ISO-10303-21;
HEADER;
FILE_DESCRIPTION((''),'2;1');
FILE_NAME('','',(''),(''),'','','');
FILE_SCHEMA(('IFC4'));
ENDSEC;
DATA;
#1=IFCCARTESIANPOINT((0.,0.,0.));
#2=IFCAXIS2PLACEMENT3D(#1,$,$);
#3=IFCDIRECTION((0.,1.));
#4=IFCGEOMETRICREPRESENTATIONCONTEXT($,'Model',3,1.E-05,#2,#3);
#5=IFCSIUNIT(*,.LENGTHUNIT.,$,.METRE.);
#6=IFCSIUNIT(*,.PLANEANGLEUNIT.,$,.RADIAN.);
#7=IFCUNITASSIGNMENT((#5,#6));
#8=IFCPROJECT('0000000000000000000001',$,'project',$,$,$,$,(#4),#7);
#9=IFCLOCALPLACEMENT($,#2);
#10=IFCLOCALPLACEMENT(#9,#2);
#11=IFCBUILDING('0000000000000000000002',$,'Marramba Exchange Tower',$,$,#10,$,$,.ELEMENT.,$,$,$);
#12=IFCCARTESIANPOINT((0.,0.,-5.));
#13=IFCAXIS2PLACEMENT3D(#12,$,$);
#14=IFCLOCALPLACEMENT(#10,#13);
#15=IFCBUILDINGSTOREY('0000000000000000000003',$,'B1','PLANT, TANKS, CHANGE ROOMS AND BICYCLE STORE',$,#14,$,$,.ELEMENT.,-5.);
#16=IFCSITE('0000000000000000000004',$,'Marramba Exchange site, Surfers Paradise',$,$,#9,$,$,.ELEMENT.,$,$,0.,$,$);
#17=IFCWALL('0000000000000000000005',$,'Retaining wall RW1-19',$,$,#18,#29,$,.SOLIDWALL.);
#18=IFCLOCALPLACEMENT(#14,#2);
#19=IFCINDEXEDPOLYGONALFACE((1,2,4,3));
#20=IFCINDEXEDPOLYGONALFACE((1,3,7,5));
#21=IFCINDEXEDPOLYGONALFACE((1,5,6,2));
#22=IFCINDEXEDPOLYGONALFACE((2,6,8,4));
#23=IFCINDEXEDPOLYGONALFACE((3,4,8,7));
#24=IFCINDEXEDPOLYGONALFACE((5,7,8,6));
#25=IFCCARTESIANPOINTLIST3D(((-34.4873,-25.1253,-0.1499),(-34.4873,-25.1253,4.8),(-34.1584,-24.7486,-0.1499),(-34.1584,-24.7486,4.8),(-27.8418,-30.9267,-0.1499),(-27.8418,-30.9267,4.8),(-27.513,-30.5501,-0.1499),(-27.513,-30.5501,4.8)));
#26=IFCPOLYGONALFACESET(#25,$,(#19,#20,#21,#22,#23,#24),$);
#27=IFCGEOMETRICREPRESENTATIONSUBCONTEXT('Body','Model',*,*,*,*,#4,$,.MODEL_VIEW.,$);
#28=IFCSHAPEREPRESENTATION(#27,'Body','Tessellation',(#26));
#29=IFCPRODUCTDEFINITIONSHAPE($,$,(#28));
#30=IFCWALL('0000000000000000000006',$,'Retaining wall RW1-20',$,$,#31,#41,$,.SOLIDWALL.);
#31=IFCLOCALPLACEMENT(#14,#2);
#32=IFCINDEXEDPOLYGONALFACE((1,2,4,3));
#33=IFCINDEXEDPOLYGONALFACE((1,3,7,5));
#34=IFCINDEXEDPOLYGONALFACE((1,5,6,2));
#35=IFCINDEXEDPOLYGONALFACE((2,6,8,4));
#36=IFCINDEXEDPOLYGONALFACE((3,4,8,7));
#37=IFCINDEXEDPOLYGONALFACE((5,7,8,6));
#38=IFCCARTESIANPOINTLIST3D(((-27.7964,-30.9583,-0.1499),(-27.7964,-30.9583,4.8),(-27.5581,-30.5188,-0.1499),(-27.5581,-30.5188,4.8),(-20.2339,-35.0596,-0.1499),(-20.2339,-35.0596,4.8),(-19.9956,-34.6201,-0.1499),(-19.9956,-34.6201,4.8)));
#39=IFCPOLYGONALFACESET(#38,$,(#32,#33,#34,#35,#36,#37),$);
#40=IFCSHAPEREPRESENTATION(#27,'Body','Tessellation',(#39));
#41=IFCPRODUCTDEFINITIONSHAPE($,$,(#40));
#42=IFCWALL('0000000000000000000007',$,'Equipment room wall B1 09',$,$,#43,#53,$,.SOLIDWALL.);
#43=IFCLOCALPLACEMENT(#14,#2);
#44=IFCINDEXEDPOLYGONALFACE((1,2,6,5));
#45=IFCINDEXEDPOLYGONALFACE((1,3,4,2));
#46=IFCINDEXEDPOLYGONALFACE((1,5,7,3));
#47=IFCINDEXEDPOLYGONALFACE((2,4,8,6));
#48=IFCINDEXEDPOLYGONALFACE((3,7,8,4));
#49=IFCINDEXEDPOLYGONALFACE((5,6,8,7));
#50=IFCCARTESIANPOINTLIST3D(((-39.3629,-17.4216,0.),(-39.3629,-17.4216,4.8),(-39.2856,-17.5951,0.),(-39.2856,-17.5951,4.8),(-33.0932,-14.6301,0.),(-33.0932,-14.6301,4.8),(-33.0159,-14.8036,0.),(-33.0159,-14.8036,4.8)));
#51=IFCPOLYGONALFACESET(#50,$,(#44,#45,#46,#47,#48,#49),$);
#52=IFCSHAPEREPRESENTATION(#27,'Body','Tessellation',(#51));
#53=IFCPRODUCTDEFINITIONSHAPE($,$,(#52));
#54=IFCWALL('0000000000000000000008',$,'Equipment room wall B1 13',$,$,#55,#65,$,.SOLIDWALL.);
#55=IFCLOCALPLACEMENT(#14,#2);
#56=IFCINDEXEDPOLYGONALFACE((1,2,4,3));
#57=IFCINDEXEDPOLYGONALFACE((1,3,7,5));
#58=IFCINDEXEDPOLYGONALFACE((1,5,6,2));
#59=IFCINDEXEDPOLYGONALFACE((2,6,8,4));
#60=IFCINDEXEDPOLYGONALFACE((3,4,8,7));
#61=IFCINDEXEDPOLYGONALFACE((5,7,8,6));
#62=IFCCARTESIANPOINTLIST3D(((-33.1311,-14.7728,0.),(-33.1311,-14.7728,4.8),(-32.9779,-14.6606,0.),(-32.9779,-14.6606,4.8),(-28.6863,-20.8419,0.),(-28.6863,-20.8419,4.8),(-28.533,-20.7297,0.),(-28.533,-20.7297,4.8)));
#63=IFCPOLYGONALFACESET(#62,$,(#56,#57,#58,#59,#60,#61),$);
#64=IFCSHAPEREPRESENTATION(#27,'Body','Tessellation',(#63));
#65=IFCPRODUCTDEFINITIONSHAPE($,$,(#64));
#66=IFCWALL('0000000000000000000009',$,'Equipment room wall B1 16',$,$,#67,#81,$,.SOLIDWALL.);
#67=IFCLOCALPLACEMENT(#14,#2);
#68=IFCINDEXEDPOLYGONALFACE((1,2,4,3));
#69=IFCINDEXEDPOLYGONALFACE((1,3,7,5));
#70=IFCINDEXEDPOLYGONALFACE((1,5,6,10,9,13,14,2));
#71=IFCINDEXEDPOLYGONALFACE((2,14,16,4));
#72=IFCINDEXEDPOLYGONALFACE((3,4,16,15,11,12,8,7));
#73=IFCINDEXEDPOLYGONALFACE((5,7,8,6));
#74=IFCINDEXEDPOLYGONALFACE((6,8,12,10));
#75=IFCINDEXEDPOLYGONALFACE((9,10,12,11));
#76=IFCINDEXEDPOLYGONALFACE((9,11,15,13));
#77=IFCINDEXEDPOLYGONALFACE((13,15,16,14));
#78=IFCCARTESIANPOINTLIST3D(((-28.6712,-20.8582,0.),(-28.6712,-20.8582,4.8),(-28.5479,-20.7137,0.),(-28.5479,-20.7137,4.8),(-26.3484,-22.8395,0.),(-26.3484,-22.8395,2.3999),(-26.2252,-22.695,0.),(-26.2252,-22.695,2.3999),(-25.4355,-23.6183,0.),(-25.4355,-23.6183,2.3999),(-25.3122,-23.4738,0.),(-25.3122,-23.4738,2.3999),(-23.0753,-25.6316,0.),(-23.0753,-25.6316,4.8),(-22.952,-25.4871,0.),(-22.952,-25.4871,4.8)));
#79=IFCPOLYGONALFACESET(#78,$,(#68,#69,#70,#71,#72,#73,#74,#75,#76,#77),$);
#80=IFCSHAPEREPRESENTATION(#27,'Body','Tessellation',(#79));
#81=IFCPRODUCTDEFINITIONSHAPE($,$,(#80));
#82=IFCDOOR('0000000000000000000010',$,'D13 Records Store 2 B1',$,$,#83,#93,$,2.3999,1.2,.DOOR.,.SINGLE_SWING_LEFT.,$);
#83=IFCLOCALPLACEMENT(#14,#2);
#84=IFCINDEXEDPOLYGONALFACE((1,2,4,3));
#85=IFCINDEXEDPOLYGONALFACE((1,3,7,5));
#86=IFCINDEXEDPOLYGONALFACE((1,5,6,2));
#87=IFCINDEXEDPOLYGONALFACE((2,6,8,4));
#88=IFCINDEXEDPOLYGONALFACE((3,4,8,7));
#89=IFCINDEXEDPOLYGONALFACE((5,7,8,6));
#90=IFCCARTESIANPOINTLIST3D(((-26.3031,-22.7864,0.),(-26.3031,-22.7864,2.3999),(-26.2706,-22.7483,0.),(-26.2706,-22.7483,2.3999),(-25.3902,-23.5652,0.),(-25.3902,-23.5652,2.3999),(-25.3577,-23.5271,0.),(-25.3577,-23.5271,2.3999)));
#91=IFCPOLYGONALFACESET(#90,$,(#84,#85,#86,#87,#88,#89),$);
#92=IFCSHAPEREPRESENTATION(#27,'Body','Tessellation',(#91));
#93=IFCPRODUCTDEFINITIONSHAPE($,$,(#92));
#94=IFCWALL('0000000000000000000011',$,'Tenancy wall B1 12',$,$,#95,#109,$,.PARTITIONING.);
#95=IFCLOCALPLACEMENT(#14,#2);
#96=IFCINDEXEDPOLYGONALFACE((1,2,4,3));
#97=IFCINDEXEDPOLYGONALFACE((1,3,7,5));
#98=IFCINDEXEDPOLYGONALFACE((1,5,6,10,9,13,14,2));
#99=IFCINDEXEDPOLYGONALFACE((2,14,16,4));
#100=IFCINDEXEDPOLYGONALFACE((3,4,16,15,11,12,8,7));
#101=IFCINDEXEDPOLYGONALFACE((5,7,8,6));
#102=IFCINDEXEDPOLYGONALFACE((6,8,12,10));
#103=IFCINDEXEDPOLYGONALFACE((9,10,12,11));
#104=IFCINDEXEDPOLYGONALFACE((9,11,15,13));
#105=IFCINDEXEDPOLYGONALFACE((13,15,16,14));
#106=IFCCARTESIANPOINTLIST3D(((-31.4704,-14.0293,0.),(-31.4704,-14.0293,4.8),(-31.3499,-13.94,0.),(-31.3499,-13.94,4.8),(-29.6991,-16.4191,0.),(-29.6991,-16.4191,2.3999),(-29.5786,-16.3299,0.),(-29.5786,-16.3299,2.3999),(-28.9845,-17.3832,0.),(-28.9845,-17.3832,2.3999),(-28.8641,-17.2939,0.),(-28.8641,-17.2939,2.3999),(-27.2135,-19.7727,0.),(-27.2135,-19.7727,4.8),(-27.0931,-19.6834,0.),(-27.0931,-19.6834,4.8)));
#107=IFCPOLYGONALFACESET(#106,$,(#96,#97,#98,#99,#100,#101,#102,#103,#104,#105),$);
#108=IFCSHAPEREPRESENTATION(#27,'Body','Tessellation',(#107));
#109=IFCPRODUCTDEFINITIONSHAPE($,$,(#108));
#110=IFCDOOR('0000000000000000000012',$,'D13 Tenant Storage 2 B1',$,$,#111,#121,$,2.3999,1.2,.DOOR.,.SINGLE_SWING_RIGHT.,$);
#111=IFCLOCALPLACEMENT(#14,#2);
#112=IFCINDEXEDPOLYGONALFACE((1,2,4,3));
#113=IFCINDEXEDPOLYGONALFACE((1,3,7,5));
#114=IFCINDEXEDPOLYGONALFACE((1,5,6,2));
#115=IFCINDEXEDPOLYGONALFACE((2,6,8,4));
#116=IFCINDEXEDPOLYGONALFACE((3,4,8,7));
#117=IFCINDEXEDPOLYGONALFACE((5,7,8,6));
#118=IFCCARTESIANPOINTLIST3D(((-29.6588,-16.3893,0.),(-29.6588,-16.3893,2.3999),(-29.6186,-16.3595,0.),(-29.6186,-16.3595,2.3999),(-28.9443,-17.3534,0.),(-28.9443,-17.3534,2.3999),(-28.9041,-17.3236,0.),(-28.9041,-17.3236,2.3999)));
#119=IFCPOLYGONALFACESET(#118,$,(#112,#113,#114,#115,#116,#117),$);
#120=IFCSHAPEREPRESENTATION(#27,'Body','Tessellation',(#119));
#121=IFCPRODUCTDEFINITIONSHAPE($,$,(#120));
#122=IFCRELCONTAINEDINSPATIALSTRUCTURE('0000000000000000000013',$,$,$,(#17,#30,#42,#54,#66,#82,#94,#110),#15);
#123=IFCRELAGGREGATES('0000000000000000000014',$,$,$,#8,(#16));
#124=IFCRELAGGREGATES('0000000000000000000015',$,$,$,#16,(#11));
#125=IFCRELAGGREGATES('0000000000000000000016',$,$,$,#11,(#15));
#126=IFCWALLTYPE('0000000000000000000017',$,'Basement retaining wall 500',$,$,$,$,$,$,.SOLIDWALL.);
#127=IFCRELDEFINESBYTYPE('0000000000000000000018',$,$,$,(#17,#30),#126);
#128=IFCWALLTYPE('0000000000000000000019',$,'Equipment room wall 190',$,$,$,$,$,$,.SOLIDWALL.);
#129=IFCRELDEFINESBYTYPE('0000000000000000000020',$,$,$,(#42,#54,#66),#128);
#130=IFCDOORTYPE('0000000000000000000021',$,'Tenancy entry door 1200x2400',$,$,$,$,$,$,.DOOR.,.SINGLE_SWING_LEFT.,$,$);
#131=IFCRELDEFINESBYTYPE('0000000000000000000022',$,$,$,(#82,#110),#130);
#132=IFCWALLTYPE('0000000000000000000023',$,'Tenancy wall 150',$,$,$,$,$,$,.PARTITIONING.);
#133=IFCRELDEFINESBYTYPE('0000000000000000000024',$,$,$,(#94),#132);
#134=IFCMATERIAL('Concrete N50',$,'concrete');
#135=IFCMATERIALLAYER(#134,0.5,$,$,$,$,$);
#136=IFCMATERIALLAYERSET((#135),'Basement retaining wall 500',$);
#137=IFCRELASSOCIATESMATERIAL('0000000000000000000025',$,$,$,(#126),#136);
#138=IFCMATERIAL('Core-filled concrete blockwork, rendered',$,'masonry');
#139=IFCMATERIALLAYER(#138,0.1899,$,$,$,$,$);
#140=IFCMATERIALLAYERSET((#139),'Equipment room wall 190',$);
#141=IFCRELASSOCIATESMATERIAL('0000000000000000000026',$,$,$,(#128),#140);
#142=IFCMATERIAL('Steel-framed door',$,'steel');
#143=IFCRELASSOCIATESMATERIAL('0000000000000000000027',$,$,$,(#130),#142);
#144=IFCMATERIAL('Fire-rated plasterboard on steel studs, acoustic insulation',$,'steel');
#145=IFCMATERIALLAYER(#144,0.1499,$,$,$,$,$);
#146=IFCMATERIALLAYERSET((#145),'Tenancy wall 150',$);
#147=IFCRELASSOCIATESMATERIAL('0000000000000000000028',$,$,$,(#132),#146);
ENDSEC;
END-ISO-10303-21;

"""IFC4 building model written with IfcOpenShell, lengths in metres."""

from ifc_helpers import new_model, si_unit, direction, frame, frame_2d, origin, place, context, subcontext, project, spatial, rectangle, extrude, material, layer, layer_set, type_object, element, fill, save


model = new_model("IFC4")

# Units and contexts
model_context = context("Model", 3, precision=1e-05, world=origin(), true_north=direction((0.0, 1.0)))
body_context = subcontext(model_context, "Body", "Model", "MODEL_VIEW")
ifc_project = project(units=[si_unit("LENGTHUNIT", "METRE"), si_unit("PLANEANGLEUNIT", "RADIAN")], contexts=[model_context])

# Site, building, storey
site_placement = place(None, origin())
site = spatial("IfcSite", under=ifc_project, at=site_placement, Name="Marramba Exchange site, Surfers Paradise", CompositionType="ELEMENT", RefElevation=0.0)
building_placement = place(site_placement, origin())
building = spatial("IfcBuilding", under=site, at=building_placement, Name="Marramba Exchange Tower", CompositionType="ELEMENT")
storey_placement = place(building_placement, frame((0.0, 0.0, -5.0)))
storey = spatial("IfcBuildingStorey", under=building, at=storey_placement, Name="B1", Description="PLANT, TANKS, CHANGE ROOMS AND BICYCLE STORE", CompositionType="ELEMENT", Elevation=-5.0)

# Shared definitions
ifc_material_1 = material(Name="Concrete N50", Category="concrete")

# Walls
ifc_layer_1 = layer(ifc_material_1, 0.5)
ifc_layer_set_1 = layer_set([ifc_layer_1], Name="Basement retaining wall 500")
wall_type_1 = type_object("IfcWallType", Name="Basement retaining wall 500", PredefinedType="SOLIDWALL", material=ifc_layer_set_1)
wall_1_placement = place(storey_placement, frame((-34.3228, -24.937, -0.1499), z_axis=(0.0, 0.0, 1.0), x_axis=(0.753324, -0.65765, 0.0)))
element("IfcWall", 1, at=wall_1_placement, inside=storey, type_object=wall_type_1, Name="Retaining wall RW1-19", PredefinedType="SOLIDWALL", context=body_context, shape_type="SweptSolid", body=[
    extrude(rectangle(XDim=8.8215, YDim=0.5, at=frame_2d((4.4106, 0.0))), origin(), (0.0, 0.0, 1.0), 4.95),
])
wall_2_placement = place(storey_placement, frame((-27.6772, -30.7385, -0.1499), z_axis=(0.0, 0.0, 1.0), x_axis=(0.87905, -0.476729, 0.0)))
element("IfcWall", 2, at=wall_2_placement, inside=storey, type_object=wall_type_1, Name="Retaining wall RW1-20", PredefinedType="SOLIDWALL", context=body_context, shape_type="SweptSolid", body=[
    extrude(rectangle(XDim=8.603, YDim=0.5, at=frame_2d((4.3015, 0.0))), origin(), (0.0, 0.0, 1.0), 4.95),
])
ifc_material_2 = material(Name="Core-filled concrete blockwork, rendered", Category="masonry")
ifc_layer_2 = layer(ifc_material_2, 0.1899)
ifc_layer_set_2 = layer_set([ifc_layer_2], Name="Equipment room wall 190")
wall_type_2 = type_object("IfcWallType", Name="Equipment room wall 190", PredefinedType="SOLIDWALL", material=ifc_layer_set_2)
wall_3_placement = place(storey_placement, frame((-33.0544, -14.7168, 0.0), z_axis=(0.0, 0.0, 1.0), x_axis=(-0.913544, -0.406739, 0.0)))
element("IfcWall", 3, at=wall_3_placement, inside=storey, type_object=wall_type_2, Name="Equipment room wall B1 09", PredefinedType="SOLIDWALL", context=body_context, shape_type="SweptSolid", body=[
    extrude(rectangle(XDim=6.863, YDim=0.1899, at=frame_2d((3.4316, 0.0))), origin(), (0.0, 0.0, 1.0), 4.8),
])
wall_4_placement = place(storey_placement, frame((-33.0544, -14.7168, 0.0), z_axis=(0.0, 0.0, 1.0), x_axis=(0.590858, -0.806775, 0.0)))
element("IfcWall", 4, at=wall_4_placement, inside=storey, type_object=wall_type_2, Name="Equipment room wall B1 13", PredefinedType="SOLIDWALL", context=body_context, shape_type="SweptSolid", body=[
    extrude(rectangle(XDim=7.5227, YDim=0.1899, at=frame_2d((3.7612, 0.0))), origin(), (0.0, 0.0, 1.0), 4.8),
])

# Walls, openings, doors
wall_5_placement = place(storey_placement, frame((-28.6096, -20.7859, 0.0), z_axis=(0.0, 0.0, 1.0), x_axis=(0.760806, -0.64898, 0.0)))
wall_5 = element("IfcWall", 5, at=wall_5_placement, inside=storey, type_object=wall_type_2, Name="Equipment room wall B1 16", PredefinedType="SOLIDWALL", context=body_context, shape_type="SweptSolid", body=[
    extrude(rectangle(XDim=7.3552, YDim=0.1899, at=frame_2d((3.6777, 0.0))), origin(), (0.0, 0.0, 1.0), 4.8),
])
opening_1_placement = place(wall_5_placement, frame((3.053, 0.0, 0.0)))
opening_1 = element("IfcOpeningElement", 6, at=opening_1_placement, cuts=wall_5, PredefinedType="OPENING", context=body_context, shape_type="SweptSolid", body=[
    extrude(rectangle(XDim=1.2, YDim=2.3999, at=frame_2d((0.6001, 1.2))), frame((0.0, 0.105, 0.0), z_axis=(0.0, -1.0, 0.0), x_axis=(1.0, 0.0, 0.0)), (0.0, 0.0, 1.0), 0.21),
])
ifc_material_3 = material(Name="Steel-framed door", Category="steel")
door_type = type_object("IfcDoorType", Name="Tenancy entry door 1200x2400", OperationType="SINGLE_SWING_LEFT", PredefinedType="DOOR", material=ifc_material_3)
door_1_placement = place(opening_1_placement, origin())
door_1 = element("IfcDoor", 7, at=door_1_placement, inside=storey, type_object=door_type, Name="D13 Records Store 2 B1", OperationType="SINGLE_SWING_LEFT", OverallHeight=2.3999, OverallWidth=1.2, PredefinedType="DOOR", context=body_context, shape_type="SweptSolid", body=[
    extrude(rectangle(XDim=1.2, YDim=2.3999, at=frame_2d((0.6001, 1.2))), frame((0.0, 0.0249, 0.0), z_axis=(0.0, -1.0, 0.0), x_axis=(1.0, 0.0, 0.0)), (0.0, 0.0, 1.0), 0.05),
])
fill(opening_1, door_1)
ifc_material_4 = material(Name="Fire-rated plasterboard on steel studs, acoustic insulation", Category="steel")
ifc_layer_3 = layer(ifc_material_4, 0.1499)
ifc_layer_set_3 = layer_set([ifc_layer_3], Name="Tenancy wall 150")
wall_type_3 = type_object("IfcWallType", Name="Tenancy wall 150", PredefinedType="PARTITIONING", material=ifc_layer_set_3)
wall_6_placement = place(storey_placement, frame((-27.1533, -19.728, 0.0), z_axis=(0.0, 0.0, 1.0), x_axis=(-0.59545, 0.803393, 0.0)))
wall_6 = element("IfcWall", 8, at=wall_6_placement, inside=storey, type_object=wall_type_3, Name="Tenancy wall B1 12", PredefinedType="PARTITIONING", context=body_context, shape_type="SweptSolid", body=[
    extrude(rectangle(XDim=7.1489, YDim=0.1499, at=frame_2d((3.5745, 0.0))), origin(), (0.0, 0.0, 1.0), 4.8),
])
opening_2_placement = place(wall_6_placement, frame((2.9741, 0.0, 0.0)))
opening_2 = element("IfcOpeningElement", 9, at=opening_2_placement, cuts=wall_6, PredefinedType="OPENING", context=body_context, shape_type="SweptSolid", body=[
    extrude(rectangle(XDim=1.2, YDim=2.3999, at=frame_2d((0.6001, 1.2))), frame((0.0, 0.085, 0.0), z_axis=(0.0, -1.0, 0.0), x_axis=(1.0, 0.0, 0.0)), (0.0, 0.0, 1.0), 0.1699),
])
door_2_placement = place(opening_2_placement, origin())
door_2 = element("IfcDoor", 10, at=door_2_placement, inside=storey, type_object=door_type, Name="D13 Tenant Storage 2 B1", OperationType="SINGLE_SWING_RIGHT", OverallHeight=2.3999, OverallWidth=1.2, PredefinedType="DOOR", context=body_context, shape_type="SweptSolid", body=[
    extrude(rectangle(XDim=1.2, YDim=2.3999, at=frame_2d((0.6001, 1.2))), frame((0.0, 0.0249, 0.0), z_axis=(0.0, -1.0, 0.0), x_axis=(1.0, 0.0, 0.0)), (0.0, 0.0, 1.0), 0.05),
])
fill(opening_2, door_2)

save(model, "model.ifc")
